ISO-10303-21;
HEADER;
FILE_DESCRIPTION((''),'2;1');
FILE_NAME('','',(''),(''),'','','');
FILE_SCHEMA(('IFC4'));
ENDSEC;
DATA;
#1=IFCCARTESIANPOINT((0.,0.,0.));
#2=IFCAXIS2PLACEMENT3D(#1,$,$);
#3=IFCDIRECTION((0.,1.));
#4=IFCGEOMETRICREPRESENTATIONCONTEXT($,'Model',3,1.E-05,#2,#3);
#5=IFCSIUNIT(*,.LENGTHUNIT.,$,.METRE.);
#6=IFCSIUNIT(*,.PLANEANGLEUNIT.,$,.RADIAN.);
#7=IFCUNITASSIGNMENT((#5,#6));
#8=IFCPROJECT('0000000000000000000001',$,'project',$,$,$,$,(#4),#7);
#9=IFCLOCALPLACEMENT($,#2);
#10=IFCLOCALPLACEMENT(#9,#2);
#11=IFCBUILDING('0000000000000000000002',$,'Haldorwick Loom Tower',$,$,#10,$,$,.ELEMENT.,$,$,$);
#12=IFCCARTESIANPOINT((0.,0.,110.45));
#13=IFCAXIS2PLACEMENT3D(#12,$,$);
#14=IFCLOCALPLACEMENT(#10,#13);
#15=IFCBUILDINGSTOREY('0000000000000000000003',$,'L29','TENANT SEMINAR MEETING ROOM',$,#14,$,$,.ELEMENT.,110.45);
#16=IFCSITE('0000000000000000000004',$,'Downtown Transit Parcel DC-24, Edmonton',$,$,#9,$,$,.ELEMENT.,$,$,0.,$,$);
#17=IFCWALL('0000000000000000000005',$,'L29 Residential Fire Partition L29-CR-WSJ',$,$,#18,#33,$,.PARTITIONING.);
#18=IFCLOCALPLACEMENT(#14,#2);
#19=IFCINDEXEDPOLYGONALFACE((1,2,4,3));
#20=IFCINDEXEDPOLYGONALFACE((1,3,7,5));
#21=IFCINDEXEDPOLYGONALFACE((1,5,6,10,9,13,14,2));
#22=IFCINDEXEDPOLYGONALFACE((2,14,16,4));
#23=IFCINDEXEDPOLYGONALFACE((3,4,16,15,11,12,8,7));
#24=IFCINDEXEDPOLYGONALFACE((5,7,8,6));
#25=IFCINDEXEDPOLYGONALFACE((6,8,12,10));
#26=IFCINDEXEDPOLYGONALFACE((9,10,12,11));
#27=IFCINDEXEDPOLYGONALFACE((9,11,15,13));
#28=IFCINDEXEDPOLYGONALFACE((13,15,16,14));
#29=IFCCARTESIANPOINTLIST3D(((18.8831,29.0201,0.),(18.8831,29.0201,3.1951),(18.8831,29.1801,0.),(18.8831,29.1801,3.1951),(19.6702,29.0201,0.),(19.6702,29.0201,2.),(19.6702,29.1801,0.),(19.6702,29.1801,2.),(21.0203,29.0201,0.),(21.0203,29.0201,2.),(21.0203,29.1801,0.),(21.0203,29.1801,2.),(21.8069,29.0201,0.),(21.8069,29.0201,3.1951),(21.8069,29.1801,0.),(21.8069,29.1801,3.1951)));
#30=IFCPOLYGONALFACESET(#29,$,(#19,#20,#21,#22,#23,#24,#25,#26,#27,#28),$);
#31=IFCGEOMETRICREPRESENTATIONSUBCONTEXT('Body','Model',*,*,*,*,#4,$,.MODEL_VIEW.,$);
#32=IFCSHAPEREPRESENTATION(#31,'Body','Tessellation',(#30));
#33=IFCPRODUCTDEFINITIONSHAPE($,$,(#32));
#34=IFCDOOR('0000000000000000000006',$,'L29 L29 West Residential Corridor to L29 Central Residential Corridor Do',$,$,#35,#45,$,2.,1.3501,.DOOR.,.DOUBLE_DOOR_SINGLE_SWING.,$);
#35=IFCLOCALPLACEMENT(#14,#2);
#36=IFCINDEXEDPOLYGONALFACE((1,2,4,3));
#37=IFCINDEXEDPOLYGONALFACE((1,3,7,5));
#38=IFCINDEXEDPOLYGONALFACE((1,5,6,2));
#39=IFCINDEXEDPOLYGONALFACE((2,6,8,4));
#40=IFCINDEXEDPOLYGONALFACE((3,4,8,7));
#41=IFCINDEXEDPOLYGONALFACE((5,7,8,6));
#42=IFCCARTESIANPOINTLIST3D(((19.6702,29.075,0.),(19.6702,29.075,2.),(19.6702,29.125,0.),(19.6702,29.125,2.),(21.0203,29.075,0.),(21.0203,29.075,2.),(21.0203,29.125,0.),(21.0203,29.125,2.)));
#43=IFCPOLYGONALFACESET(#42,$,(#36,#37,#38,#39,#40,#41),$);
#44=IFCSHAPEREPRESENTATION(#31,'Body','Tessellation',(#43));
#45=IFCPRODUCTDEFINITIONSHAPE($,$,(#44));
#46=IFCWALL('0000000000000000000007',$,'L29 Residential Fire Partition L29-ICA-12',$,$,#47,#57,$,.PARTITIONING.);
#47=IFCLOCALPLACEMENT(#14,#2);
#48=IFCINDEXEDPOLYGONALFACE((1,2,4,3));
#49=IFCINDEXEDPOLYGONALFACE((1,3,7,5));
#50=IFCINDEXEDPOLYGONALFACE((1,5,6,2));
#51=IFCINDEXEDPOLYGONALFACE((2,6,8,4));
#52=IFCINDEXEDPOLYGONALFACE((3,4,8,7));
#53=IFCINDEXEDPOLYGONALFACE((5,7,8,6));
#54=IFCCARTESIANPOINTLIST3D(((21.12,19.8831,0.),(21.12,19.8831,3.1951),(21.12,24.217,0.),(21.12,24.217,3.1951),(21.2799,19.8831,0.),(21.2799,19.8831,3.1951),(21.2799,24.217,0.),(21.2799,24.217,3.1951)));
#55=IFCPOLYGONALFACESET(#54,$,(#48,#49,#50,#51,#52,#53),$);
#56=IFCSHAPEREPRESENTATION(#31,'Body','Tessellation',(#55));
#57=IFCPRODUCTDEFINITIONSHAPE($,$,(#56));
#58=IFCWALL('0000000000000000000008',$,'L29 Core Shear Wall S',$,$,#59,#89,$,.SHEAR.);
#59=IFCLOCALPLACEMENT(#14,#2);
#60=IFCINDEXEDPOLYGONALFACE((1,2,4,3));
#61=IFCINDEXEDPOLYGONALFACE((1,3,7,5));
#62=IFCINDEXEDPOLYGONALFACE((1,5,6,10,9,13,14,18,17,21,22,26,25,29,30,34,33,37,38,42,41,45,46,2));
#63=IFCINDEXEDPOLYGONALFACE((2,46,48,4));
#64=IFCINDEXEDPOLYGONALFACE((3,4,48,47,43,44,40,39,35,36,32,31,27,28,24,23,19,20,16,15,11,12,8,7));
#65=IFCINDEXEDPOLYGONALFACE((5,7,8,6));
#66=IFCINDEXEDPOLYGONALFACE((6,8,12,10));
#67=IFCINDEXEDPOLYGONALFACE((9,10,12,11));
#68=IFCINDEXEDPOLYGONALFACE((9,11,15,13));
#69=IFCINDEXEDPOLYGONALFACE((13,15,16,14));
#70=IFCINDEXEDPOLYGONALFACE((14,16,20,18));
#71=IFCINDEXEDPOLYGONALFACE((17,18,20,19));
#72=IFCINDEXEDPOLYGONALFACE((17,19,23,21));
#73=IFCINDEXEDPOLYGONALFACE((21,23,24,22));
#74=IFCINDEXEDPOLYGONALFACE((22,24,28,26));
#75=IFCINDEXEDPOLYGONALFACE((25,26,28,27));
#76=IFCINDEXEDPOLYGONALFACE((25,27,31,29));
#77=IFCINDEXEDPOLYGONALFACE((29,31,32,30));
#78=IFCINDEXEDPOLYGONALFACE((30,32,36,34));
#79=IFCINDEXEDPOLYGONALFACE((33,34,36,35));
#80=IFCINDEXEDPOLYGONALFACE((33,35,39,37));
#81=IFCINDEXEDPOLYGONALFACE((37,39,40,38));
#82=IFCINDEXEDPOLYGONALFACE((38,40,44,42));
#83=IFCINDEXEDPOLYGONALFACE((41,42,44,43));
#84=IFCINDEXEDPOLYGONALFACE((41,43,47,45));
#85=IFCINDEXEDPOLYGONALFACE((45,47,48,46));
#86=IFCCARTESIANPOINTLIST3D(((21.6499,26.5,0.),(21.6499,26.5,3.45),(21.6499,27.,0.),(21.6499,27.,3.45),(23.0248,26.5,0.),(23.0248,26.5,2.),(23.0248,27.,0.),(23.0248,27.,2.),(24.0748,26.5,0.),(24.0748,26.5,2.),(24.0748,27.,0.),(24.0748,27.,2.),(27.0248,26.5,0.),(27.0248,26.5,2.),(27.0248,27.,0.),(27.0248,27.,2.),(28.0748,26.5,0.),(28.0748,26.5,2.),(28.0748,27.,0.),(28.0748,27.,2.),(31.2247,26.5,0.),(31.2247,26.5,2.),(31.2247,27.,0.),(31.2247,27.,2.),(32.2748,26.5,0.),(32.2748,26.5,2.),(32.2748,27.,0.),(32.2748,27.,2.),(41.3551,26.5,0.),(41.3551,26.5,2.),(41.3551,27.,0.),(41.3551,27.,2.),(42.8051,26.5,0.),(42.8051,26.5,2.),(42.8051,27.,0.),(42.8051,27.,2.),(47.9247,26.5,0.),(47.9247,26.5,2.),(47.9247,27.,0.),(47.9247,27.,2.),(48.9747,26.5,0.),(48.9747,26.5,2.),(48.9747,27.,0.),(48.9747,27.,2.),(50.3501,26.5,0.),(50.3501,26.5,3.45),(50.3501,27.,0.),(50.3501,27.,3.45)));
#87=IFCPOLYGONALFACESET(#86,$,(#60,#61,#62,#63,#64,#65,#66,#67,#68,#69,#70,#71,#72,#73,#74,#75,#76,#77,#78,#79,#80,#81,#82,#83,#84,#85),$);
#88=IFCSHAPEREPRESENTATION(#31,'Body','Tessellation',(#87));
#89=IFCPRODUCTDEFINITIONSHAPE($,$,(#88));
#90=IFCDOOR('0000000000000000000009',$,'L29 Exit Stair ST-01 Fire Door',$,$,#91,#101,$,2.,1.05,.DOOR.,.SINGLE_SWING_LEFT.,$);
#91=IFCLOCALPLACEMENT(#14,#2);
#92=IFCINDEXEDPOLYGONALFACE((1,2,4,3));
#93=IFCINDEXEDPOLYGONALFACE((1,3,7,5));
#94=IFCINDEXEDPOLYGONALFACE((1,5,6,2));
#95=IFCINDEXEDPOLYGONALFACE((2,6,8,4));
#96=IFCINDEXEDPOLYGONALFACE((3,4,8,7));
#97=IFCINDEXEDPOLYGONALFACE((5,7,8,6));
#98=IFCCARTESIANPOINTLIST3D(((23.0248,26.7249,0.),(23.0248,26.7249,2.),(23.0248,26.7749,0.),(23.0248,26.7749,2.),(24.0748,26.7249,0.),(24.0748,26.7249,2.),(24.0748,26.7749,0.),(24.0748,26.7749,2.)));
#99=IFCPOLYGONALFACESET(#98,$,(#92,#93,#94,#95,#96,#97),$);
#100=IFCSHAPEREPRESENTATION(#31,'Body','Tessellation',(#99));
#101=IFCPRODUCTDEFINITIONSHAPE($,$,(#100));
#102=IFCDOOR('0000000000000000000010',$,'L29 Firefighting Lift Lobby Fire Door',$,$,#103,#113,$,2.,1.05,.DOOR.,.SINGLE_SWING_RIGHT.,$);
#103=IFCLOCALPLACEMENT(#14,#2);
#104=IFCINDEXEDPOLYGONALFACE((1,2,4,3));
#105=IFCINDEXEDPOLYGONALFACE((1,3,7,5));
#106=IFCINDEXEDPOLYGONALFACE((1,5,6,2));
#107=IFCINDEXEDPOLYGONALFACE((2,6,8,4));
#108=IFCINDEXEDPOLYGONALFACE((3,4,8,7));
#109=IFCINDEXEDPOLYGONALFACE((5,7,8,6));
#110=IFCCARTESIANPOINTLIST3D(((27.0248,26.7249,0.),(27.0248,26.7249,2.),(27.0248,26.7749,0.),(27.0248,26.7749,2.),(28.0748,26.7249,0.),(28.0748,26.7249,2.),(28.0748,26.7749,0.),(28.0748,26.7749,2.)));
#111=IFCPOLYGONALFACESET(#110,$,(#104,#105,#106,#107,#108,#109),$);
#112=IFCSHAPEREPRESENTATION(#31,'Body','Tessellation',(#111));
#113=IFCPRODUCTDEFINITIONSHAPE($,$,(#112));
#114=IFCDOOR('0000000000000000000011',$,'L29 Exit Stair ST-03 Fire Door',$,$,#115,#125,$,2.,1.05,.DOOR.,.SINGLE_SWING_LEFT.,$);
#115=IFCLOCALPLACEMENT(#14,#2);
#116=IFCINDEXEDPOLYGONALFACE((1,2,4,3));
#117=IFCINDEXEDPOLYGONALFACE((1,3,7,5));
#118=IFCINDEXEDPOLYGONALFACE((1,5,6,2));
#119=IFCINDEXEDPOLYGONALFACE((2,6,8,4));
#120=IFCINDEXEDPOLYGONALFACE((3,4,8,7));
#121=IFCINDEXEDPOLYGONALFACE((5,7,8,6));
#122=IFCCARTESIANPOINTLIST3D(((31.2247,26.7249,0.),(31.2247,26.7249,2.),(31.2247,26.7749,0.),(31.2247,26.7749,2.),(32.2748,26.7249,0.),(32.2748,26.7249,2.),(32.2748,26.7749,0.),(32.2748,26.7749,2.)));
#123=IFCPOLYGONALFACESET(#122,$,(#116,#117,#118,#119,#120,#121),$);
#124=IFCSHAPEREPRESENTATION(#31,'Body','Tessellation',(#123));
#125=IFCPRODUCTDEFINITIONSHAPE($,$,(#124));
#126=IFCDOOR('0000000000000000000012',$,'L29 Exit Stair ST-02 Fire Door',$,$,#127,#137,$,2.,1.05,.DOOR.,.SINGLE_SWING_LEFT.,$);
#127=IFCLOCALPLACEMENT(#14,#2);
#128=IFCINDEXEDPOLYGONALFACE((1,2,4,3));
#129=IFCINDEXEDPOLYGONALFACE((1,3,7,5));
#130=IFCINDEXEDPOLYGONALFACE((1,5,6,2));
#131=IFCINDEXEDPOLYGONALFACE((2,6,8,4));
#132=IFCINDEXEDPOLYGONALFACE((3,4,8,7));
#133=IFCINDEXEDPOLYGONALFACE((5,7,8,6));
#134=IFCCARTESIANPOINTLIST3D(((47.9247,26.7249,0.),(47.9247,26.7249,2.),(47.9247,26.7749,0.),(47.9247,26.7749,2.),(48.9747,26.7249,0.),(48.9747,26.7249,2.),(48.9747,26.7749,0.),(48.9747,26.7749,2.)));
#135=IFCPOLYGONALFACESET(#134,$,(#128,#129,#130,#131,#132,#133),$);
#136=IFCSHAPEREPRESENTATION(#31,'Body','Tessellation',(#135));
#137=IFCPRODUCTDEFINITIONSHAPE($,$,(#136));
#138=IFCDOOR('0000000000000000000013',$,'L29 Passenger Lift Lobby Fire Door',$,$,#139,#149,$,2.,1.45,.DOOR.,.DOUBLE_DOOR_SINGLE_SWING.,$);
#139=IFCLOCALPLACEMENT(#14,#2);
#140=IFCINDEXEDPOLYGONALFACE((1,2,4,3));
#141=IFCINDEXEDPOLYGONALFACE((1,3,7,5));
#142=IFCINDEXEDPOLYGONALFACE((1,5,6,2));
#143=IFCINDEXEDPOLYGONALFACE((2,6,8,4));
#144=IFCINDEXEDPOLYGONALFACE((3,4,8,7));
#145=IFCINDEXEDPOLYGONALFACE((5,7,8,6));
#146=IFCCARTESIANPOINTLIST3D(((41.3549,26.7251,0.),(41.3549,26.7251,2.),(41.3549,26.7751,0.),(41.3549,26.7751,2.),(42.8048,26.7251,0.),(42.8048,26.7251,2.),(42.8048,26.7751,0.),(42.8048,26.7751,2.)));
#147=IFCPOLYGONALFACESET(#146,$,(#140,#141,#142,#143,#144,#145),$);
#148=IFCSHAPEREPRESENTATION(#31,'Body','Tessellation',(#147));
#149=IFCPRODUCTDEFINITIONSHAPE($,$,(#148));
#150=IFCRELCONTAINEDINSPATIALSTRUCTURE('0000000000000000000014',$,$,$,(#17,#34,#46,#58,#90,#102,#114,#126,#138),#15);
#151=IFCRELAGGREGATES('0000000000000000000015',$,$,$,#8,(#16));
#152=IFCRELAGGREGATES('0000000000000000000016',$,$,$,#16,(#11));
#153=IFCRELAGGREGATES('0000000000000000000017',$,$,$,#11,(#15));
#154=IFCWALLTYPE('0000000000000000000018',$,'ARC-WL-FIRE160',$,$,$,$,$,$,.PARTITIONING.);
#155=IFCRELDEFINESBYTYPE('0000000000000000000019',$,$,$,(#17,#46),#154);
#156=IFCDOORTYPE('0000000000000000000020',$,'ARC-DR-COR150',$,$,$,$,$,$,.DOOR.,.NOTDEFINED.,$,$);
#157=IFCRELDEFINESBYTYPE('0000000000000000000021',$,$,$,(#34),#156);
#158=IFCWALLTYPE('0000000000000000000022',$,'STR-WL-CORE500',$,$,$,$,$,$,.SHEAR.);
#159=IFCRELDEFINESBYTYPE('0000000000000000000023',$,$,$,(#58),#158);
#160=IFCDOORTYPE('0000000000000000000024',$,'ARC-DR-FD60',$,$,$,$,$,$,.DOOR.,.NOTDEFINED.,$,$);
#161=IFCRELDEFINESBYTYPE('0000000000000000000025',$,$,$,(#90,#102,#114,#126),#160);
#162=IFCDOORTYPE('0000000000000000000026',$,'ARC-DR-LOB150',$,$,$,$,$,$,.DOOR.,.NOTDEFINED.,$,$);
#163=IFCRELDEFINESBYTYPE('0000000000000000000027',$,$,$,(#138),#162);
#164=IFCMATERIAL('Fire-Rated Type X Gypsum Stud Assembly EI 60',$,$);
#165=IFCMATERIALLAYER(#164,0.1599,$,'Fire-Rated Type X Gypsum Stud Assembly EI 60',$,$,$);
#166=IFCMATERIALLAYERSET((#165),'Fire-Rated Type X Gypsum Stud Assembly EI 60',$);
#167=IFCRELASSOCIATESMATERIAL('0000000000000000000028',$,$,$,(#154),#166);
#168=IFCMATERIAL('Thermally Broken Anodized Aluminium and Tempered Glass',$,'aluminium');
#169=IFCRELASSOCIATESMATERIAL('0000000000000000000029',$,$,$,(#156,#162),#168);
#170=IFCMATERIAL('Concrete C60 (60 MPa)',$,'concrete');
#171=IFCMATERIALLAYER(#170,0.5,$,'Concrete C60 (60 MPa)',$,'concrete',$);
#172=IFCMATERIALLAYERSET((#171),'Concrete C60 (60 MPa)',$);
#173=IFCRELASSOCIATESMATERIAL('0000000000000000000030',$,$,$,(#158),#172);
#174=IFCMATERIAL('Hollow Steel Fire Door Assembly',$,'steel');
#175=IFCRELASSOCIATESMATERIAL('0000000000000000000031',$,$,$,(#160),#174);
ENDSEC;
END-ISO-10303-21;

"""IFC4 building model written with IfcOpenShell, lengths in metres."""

from ifc_helpers import new_model, si_unit, direction, frame, frame_2d, origin, place, context, subcontext, project, spatial, rectangle, extrude, material, layer, layer_set, type_object, element, fill, save


model = new_model("IFC4")

# Units and contexts
model_context = context("Model", 3, precision=1e-05, world=origin(), true_north=direction((0.0, 1.0)))
body_context = subcontext(model_context, "Body", "Model", "MODEL_VIEW")
ifc_project = project(units=[si_unit("LENGTHUNIT", "METRE"), si_unit("PLANEANGLEUNIT", "RADIAN")], contexts=[model_context])

# Site, building, storey
site_placement = place(None, origin())
site = spatial("IfcSite", under=ifc_project, at=site_placement, Name="Downtown Transit Parcel DC-24, Edmonton", CompositionType="ELEMENT", RefElevation=0.0)
building_placement = place(site_placement, origin())
building = spatial("IfcBuilding", under=site, at=building_placement, Name="Haldorwick Loom Tower", CompositionType="ELEMENT")
storey_placement = place(building_placement, frame((0.0, 0.0, 110.45)))
storey = spatial("IfcBuildingStorey", under=building, at=storey_placement, Name="L29", Description="TENANT SEMINAR MEETING ROOM", CompositionType="ELEMENT", Elevation=110.45)

# Shared definitions
ifc_material_1 = material(Name="Concrete C60 (60 MPa)", Category="concrete")

# Wall, opening, door
ifc_material_2 = material(Name="Fire-Rated Type X Gypsum Stud Assembly EI 60")
ifc_layer_1 = layer(ifc_material_2, 0.1599, Name="Fire-Rated Type X Gypsum Stud Assembly EI 60")
ifc_layer_set_1 = layer_set([ifc_layer_1], Name="Fire-Rated Type X Gypsum Stud Assembly EI 60")
wall_type_1 = type_object("IfcWallType", Name="ARC-WL-FIRE160", PredefinedType="PARTITIONING", material=ifc_layer_set_1)
wall_1_placement = place(storey_placement, frame((18.8831, 29.1001, 0.0), z_axis=(0.0, 0.0, 1.0), x_axis=(1.0, 0.0, 0.0)))
wall_1 = element("IfcWall", 1, at=wall_1_placement, inside=storey, type_object=wall_type_1, Name="L29 Residential Fire Partition L29-CR-WSJ", PredefinedType="PARTITIONING", context=body_context, shape_type="SweptSolid", body=[
    extrude(rectangle(XDim=2.9238, YDim=0.1599, at=frame_2d((1.4619, 0.0))), origin(), (0.0, 0.0, 1.0), 3.1951),
])
opening_1_placement = place(wall_1_placement, frame((0.7871, 0.0, 0.0)))
opening_1 = element("IfcOpeningElement", 2, at=opening_1_placement, cuts=wall_1, PredefinedType="OPENING", context=body_context, shape_type="SweptSolid", body=[
    extrude(rectangle(XDim=1.3501, YDim=2.0, at=frame_2d((0.675, 1.0))), frame((0.0, 0.0898, 0.0), z_axis=(0.0, -1.0, 0.0), x_axis=(1.0, 0.0, 0.0)), (0.0, 0.0, 1.0), 0.1799),
])
ifc_material_3 = material(Name="Thermally Broken Anodized Aluminium and Tempered Glass", Category="aluminium")
door_type_1 = type_object("IfcDoorType", Name="ARC-DR-COR150", OperationType="NOTDEFINED", PredefinedType="DOOR", material=ifc_material_3)
door_1_placement = place(opening_1_placement, origin())
door_1 = element("IfcDoor", 3, at=door_1_placement, inside=storey, type_object=door_type_1, Name="L29 L29 West Residential Corridor to L29 Central Residential Corridor Do", OperationType="DOUBLE_DOOR_SINGLE_SWING", OverallHeight=2.0, OverallWidth=1.3501, PredefinedType="DOOR", context=body_context, shape_type="SweptSolid", body=[
    extrude(rectangle(XDim=1.3501, YDim=2.0, at=frame_2d((0.675, 1.0))), frame((0.0, 0.0249, 0.0), z_axis=(0.0, -1.0, 0.0), x_axis=(1.0, 0.0, 0.0)), (0.0, 0.0, 1.0), 0.05),
])
fill(opening_1, door_1)

# Wall
wall_2_placement = place(storey_placement, frame((21.2, 24.217, 0.0), z_axis=(0.0, 0.0, 1.0), x_axis=(0.0, -1.0, 0.0)))
element("IfcWall", 4, at=wall_2_placement, inside=storey, type_object=wall_type_1, Name="L29 Residential Fire Partition L29-ICA-12", PredefinedType="PARTITIONING", context=body_context, shape_type="SweptSolid", body=[
    extrude(rectangle(XDim=4.334, YDim=0.1599, at=frame_2d((2.167, 0.0))), origin(), (0.0, 0.0, 1.0), 3.1951),
])

# Wall, openings, doors
ifc_layer_2 = layer(ifc_material_1, 0.5, Name="Concrete C60 (60 MPa)", Category="concrete")
ifc_layer_set_2 = layer_set([ifc_layer_2], Name="Concrete C60 (60 MPa)")
wall_type_2 = type_object("IfcWallType", Name="STR-WL-CORE500", PredefinedType="SHEAR", material=ifc_layer_set_2)
wall_3_placement = place(storey_placement, frame((21.6499, 26.75, 0.0), z_axis=(0.0, 0.0, 1.0), x_axis=(1.0, 0.0, 0.0)))
wall_3 = element("IfcWall", 5, at=wall_3_placement, inside=storey, type_object=wall_type_2, Name="L29 Core Shear Wall S", PredefinedType="SHEAR", context=body_context, shape_type="SweptSolid", body=[
    extrude(rectangle(XDim=28.7002, YDim=0.5, at=frame_2d((14.3501, 0.0))), origin(), (0.0, 0.0, 1.0), 3.45),
])
opening_2_placement = place(wall_3_placement, frame((1.375, 0.0, 0.0)))
opening_2 = element("IfcOpeningElement", 6, at=opening_2_placement, cuts=wall_3, PredefinedType="OPENING", context=body_context, shape_type="SweptSolid", body=[
    extrude(rectangle(XDim=1.05, YDim=2.0, at=frame_2d((0.5249, 1.0))), frame((0.0, 0.26, 0.0), z_axis=(0.0, -1.0, 0.0), x_axis=(1.0, 0.0, 0.0)), (0.0, 0.0, 1.0), 0.52),
])
opening_3_placement = place(wall_3_placement, frame((5.375, 0.0, 0.0)))
opening_3 = element("IfcOpeningElement", 7, at=opening_3_placement, cuts=wall_3, PredefinedType="OPENING", context=body_context, shape_type="SweptSolid", body=[
    extrude(rectangle(XDim=1.05, YDim=2.0, at=frame_2d((0.5249, 1.0))), frame((0.0, 0.26, 0.0), z_axis=(0.0, -1.0, 0.0), x_axis=(1.0, 0.0, 0.0)), (0.0, 0.0, 1.0), 0.52),
])
opening_4_placement = place(wall_3_placement, frame((9.575, 0.0, 0.0)))
opening_4 = element("IfcOpeningElement", 8, at=opening_4_placement, cuts=wall_3, PredefinedType="OPENING", context=body_context, shape_type="SweptSolid", body=[
    extrude(rectangle(XDim=1.05, YDim=2.0, at=frame_2d((0.5249, 1.0))), frame((0.0, 0.26, 0.0), z_axis=(0.0, -1.0, 0.0), x_axis=(1.0, 0.0, 0.0)), (0.0, 0.0, 1.0), 0.52),
])
opening_5_placement = place(wall_3_placement, frame((19.7051, 0.0, 0.0)))
opening_5 = element("IfcOpeningElement", 9, at=opening_5_placement, cuts=wall_3, PredefinedType="OPENING", context=body_context, shape_type="SweptSolid", body=[
    extrude(rectangle(XDim=1.45, YDim=2.0, at=frame_2d((0.7251, 1.0))), frame((0.0, 0.26, 0.0), z_axis=(0.0, -1.0, 0.0), x_axis=(1.0, 0.0, 0.0)), (0.0, 0.0, 1.0), 0.52),
])
opening_6_placement = place(wall_3_placement, frame((26.2749, 0.0, 0.0)))
opening_6 = element("IfcOpeningElement", 10, at=opening_6_placement, cuts=wall_3, PredefinedType="OPENING", context=body_context, shape_type="SweptSolid", body=[
    extrude(rectangle(XDim=1.05, YDim=2.0, at=frame_2d((0.5249, 1.0))), frame((0.0, 0.26, 0.0), z_axis=(0.0, -1.0, 0.0), x_axis=(1.0, 0.0, 0.0)), (0.0, 0.0, 1.0), 0.52),
])
ifc_material_4 = material(Name="Hollow Steel Fire Door Assembly", Category="steel")
door_type_2 = type_object("IfcDoorType", Name="ARC-DR-FD60", OperationType="NOTDEFINED", PredefinedType="DOOR", material=ifc_material_4)
door_2_placement = place(opening_2_placement, origin())
door_2 = element("IfcDoor", 11, at=door_2_placement, inside=storey, type_object=door_type_2, Name="L29 Exit Stair ST-01 Fire Door", OperationType="SINGLE_SWING_LEFT", OverallHeight=2.0, OverallWidth=1.05, PredefinedType="DOOR", context=body_context, shape_type="SweptSolid", body=[
    extrude(rectangle(XDim=1.05, YDim=2.0, at=frame_2d((0.5249, 1.0))), frame((0.0, 0.0249, 0.0), z_axis=(0.0, -1.0, 0.0), x_axis=(1.0, 0.0, 0.0)), (0.0, 0.0, 1.0), 0.05),
])
fill(opening_2, door_2)
door_3_placement = place(opening_3_placement, origin())
door_3 = element("IfcDoor", 12, at=door_3_placement, inside=storey, type_object=door_type_2, Name="L29 Firefighting Lift Lobby Fire Door", OperationType="SINGLE_SWING_RIGHT", OverallHeight=2.0, OverallWidth=1.05, PredefinedType="DOOR", context=body_context, shape_type="SweptSolid", body=[
    extrude(rectangle(XDim=1.05, YDim=2.0, at=frame_2d((0.5249, 1.0))), frame((0.0, 0.0249, 0.0), z_axis=(0.0, -1.0, 0.0), x_axis=(1.0, 0.0, 0.0)), (0.0, 0.0, 1.0), 0.05),
])
fill(opening_3, door_3)
door_4_placement = place(opening_4_placement, origin())
door_4 = element("IfcDoor", 13, at=door_4_placement, inside=storey, type_object=door_type_2, Name="L29 Exit Stair ST-03 Fire Door", OperationType="SINGLE_SWING_LEFT", OverallHeight=2.0, OverallWidth=1.05, PredefinedType="DOOR", context=body_context, shape_type="SweptSolid", body=[
    extrude(rectangle(XDim=1.05, YDim=2.0, at=frame_2d((0.5249, 1.0))), frame((0.0, 0.0249, 0.0), z_axis=(0.0, -1.0, 0.0), x_axis=(1.0, 0.0, 0.0)), (0.0, 0.0, 1.0), 0.05),
])
fill(opening_4, door_4)
door_5_placement = place(opening_6_placement, origin())
door_5 = element("IfcDoor", 14, at=door_5_placement, inside=storey, type_object=door_type_2, Name="L29 Exit Stair ST-02 Fire Door", OperationType="SINGLE_SWING_LEFT", OverallHeight=2.0, OverallWidth=1.05, PredefinedType="DOOR", context=body_context, shape_type="SweptSolid", body=[
    extrude(rectangle(XDim=1.05, YDim=2.0, at=frame_2d((0.5249, 1.0))), frame((0.0, 0.0249, 0.0), z_axis=(0.0, -1.0, 0.0), x_axis=(1.0, 0.0, 0.0)), (0.0, 0.0, 1.0), 0.05),
])
fill(opening_6, door_5)
door_type_3 = type_object("IfcDoorType", Name="ARC-DR-LOB150", OperationType="NOTDEFINED", PredefinedType="DOOR", material=ifc_material_3)
door_6_placement = place(opening_5_placement, frame((1.45, 0.0, 0.0), z_axis=(0.0, 0.0, 1.0), x_axis=(-1.0, 0.0, 0.0)))
door_6 = element("IfcDoor", 15, at=door_6_placement, inside=storey, type_object=door_type_3, Name="L29 Passenger Lift Lobby Fire Door", OperationType="DOUBLE_DOOR_SINGLE_SWING", OverallHeight=2.0, OverallWidth=1.45, PredefinedType="DOOR", context=body_context, shape_type="SweptSolid", body=[
    extrude(rectangle(XDim=1.45, YDim=2.0, at=frame_2d((0.7251, 1.0))), frame((0.0, 0.0249, 0.0), z_axis=(0.0, -1.0, 0.0), x_axis=(1.0, 0.0, 0.0)), (0.0, 0.0, 1.0), 0.05),
])
fill(opening_5, door_6)

save(model, "model.ifc")
